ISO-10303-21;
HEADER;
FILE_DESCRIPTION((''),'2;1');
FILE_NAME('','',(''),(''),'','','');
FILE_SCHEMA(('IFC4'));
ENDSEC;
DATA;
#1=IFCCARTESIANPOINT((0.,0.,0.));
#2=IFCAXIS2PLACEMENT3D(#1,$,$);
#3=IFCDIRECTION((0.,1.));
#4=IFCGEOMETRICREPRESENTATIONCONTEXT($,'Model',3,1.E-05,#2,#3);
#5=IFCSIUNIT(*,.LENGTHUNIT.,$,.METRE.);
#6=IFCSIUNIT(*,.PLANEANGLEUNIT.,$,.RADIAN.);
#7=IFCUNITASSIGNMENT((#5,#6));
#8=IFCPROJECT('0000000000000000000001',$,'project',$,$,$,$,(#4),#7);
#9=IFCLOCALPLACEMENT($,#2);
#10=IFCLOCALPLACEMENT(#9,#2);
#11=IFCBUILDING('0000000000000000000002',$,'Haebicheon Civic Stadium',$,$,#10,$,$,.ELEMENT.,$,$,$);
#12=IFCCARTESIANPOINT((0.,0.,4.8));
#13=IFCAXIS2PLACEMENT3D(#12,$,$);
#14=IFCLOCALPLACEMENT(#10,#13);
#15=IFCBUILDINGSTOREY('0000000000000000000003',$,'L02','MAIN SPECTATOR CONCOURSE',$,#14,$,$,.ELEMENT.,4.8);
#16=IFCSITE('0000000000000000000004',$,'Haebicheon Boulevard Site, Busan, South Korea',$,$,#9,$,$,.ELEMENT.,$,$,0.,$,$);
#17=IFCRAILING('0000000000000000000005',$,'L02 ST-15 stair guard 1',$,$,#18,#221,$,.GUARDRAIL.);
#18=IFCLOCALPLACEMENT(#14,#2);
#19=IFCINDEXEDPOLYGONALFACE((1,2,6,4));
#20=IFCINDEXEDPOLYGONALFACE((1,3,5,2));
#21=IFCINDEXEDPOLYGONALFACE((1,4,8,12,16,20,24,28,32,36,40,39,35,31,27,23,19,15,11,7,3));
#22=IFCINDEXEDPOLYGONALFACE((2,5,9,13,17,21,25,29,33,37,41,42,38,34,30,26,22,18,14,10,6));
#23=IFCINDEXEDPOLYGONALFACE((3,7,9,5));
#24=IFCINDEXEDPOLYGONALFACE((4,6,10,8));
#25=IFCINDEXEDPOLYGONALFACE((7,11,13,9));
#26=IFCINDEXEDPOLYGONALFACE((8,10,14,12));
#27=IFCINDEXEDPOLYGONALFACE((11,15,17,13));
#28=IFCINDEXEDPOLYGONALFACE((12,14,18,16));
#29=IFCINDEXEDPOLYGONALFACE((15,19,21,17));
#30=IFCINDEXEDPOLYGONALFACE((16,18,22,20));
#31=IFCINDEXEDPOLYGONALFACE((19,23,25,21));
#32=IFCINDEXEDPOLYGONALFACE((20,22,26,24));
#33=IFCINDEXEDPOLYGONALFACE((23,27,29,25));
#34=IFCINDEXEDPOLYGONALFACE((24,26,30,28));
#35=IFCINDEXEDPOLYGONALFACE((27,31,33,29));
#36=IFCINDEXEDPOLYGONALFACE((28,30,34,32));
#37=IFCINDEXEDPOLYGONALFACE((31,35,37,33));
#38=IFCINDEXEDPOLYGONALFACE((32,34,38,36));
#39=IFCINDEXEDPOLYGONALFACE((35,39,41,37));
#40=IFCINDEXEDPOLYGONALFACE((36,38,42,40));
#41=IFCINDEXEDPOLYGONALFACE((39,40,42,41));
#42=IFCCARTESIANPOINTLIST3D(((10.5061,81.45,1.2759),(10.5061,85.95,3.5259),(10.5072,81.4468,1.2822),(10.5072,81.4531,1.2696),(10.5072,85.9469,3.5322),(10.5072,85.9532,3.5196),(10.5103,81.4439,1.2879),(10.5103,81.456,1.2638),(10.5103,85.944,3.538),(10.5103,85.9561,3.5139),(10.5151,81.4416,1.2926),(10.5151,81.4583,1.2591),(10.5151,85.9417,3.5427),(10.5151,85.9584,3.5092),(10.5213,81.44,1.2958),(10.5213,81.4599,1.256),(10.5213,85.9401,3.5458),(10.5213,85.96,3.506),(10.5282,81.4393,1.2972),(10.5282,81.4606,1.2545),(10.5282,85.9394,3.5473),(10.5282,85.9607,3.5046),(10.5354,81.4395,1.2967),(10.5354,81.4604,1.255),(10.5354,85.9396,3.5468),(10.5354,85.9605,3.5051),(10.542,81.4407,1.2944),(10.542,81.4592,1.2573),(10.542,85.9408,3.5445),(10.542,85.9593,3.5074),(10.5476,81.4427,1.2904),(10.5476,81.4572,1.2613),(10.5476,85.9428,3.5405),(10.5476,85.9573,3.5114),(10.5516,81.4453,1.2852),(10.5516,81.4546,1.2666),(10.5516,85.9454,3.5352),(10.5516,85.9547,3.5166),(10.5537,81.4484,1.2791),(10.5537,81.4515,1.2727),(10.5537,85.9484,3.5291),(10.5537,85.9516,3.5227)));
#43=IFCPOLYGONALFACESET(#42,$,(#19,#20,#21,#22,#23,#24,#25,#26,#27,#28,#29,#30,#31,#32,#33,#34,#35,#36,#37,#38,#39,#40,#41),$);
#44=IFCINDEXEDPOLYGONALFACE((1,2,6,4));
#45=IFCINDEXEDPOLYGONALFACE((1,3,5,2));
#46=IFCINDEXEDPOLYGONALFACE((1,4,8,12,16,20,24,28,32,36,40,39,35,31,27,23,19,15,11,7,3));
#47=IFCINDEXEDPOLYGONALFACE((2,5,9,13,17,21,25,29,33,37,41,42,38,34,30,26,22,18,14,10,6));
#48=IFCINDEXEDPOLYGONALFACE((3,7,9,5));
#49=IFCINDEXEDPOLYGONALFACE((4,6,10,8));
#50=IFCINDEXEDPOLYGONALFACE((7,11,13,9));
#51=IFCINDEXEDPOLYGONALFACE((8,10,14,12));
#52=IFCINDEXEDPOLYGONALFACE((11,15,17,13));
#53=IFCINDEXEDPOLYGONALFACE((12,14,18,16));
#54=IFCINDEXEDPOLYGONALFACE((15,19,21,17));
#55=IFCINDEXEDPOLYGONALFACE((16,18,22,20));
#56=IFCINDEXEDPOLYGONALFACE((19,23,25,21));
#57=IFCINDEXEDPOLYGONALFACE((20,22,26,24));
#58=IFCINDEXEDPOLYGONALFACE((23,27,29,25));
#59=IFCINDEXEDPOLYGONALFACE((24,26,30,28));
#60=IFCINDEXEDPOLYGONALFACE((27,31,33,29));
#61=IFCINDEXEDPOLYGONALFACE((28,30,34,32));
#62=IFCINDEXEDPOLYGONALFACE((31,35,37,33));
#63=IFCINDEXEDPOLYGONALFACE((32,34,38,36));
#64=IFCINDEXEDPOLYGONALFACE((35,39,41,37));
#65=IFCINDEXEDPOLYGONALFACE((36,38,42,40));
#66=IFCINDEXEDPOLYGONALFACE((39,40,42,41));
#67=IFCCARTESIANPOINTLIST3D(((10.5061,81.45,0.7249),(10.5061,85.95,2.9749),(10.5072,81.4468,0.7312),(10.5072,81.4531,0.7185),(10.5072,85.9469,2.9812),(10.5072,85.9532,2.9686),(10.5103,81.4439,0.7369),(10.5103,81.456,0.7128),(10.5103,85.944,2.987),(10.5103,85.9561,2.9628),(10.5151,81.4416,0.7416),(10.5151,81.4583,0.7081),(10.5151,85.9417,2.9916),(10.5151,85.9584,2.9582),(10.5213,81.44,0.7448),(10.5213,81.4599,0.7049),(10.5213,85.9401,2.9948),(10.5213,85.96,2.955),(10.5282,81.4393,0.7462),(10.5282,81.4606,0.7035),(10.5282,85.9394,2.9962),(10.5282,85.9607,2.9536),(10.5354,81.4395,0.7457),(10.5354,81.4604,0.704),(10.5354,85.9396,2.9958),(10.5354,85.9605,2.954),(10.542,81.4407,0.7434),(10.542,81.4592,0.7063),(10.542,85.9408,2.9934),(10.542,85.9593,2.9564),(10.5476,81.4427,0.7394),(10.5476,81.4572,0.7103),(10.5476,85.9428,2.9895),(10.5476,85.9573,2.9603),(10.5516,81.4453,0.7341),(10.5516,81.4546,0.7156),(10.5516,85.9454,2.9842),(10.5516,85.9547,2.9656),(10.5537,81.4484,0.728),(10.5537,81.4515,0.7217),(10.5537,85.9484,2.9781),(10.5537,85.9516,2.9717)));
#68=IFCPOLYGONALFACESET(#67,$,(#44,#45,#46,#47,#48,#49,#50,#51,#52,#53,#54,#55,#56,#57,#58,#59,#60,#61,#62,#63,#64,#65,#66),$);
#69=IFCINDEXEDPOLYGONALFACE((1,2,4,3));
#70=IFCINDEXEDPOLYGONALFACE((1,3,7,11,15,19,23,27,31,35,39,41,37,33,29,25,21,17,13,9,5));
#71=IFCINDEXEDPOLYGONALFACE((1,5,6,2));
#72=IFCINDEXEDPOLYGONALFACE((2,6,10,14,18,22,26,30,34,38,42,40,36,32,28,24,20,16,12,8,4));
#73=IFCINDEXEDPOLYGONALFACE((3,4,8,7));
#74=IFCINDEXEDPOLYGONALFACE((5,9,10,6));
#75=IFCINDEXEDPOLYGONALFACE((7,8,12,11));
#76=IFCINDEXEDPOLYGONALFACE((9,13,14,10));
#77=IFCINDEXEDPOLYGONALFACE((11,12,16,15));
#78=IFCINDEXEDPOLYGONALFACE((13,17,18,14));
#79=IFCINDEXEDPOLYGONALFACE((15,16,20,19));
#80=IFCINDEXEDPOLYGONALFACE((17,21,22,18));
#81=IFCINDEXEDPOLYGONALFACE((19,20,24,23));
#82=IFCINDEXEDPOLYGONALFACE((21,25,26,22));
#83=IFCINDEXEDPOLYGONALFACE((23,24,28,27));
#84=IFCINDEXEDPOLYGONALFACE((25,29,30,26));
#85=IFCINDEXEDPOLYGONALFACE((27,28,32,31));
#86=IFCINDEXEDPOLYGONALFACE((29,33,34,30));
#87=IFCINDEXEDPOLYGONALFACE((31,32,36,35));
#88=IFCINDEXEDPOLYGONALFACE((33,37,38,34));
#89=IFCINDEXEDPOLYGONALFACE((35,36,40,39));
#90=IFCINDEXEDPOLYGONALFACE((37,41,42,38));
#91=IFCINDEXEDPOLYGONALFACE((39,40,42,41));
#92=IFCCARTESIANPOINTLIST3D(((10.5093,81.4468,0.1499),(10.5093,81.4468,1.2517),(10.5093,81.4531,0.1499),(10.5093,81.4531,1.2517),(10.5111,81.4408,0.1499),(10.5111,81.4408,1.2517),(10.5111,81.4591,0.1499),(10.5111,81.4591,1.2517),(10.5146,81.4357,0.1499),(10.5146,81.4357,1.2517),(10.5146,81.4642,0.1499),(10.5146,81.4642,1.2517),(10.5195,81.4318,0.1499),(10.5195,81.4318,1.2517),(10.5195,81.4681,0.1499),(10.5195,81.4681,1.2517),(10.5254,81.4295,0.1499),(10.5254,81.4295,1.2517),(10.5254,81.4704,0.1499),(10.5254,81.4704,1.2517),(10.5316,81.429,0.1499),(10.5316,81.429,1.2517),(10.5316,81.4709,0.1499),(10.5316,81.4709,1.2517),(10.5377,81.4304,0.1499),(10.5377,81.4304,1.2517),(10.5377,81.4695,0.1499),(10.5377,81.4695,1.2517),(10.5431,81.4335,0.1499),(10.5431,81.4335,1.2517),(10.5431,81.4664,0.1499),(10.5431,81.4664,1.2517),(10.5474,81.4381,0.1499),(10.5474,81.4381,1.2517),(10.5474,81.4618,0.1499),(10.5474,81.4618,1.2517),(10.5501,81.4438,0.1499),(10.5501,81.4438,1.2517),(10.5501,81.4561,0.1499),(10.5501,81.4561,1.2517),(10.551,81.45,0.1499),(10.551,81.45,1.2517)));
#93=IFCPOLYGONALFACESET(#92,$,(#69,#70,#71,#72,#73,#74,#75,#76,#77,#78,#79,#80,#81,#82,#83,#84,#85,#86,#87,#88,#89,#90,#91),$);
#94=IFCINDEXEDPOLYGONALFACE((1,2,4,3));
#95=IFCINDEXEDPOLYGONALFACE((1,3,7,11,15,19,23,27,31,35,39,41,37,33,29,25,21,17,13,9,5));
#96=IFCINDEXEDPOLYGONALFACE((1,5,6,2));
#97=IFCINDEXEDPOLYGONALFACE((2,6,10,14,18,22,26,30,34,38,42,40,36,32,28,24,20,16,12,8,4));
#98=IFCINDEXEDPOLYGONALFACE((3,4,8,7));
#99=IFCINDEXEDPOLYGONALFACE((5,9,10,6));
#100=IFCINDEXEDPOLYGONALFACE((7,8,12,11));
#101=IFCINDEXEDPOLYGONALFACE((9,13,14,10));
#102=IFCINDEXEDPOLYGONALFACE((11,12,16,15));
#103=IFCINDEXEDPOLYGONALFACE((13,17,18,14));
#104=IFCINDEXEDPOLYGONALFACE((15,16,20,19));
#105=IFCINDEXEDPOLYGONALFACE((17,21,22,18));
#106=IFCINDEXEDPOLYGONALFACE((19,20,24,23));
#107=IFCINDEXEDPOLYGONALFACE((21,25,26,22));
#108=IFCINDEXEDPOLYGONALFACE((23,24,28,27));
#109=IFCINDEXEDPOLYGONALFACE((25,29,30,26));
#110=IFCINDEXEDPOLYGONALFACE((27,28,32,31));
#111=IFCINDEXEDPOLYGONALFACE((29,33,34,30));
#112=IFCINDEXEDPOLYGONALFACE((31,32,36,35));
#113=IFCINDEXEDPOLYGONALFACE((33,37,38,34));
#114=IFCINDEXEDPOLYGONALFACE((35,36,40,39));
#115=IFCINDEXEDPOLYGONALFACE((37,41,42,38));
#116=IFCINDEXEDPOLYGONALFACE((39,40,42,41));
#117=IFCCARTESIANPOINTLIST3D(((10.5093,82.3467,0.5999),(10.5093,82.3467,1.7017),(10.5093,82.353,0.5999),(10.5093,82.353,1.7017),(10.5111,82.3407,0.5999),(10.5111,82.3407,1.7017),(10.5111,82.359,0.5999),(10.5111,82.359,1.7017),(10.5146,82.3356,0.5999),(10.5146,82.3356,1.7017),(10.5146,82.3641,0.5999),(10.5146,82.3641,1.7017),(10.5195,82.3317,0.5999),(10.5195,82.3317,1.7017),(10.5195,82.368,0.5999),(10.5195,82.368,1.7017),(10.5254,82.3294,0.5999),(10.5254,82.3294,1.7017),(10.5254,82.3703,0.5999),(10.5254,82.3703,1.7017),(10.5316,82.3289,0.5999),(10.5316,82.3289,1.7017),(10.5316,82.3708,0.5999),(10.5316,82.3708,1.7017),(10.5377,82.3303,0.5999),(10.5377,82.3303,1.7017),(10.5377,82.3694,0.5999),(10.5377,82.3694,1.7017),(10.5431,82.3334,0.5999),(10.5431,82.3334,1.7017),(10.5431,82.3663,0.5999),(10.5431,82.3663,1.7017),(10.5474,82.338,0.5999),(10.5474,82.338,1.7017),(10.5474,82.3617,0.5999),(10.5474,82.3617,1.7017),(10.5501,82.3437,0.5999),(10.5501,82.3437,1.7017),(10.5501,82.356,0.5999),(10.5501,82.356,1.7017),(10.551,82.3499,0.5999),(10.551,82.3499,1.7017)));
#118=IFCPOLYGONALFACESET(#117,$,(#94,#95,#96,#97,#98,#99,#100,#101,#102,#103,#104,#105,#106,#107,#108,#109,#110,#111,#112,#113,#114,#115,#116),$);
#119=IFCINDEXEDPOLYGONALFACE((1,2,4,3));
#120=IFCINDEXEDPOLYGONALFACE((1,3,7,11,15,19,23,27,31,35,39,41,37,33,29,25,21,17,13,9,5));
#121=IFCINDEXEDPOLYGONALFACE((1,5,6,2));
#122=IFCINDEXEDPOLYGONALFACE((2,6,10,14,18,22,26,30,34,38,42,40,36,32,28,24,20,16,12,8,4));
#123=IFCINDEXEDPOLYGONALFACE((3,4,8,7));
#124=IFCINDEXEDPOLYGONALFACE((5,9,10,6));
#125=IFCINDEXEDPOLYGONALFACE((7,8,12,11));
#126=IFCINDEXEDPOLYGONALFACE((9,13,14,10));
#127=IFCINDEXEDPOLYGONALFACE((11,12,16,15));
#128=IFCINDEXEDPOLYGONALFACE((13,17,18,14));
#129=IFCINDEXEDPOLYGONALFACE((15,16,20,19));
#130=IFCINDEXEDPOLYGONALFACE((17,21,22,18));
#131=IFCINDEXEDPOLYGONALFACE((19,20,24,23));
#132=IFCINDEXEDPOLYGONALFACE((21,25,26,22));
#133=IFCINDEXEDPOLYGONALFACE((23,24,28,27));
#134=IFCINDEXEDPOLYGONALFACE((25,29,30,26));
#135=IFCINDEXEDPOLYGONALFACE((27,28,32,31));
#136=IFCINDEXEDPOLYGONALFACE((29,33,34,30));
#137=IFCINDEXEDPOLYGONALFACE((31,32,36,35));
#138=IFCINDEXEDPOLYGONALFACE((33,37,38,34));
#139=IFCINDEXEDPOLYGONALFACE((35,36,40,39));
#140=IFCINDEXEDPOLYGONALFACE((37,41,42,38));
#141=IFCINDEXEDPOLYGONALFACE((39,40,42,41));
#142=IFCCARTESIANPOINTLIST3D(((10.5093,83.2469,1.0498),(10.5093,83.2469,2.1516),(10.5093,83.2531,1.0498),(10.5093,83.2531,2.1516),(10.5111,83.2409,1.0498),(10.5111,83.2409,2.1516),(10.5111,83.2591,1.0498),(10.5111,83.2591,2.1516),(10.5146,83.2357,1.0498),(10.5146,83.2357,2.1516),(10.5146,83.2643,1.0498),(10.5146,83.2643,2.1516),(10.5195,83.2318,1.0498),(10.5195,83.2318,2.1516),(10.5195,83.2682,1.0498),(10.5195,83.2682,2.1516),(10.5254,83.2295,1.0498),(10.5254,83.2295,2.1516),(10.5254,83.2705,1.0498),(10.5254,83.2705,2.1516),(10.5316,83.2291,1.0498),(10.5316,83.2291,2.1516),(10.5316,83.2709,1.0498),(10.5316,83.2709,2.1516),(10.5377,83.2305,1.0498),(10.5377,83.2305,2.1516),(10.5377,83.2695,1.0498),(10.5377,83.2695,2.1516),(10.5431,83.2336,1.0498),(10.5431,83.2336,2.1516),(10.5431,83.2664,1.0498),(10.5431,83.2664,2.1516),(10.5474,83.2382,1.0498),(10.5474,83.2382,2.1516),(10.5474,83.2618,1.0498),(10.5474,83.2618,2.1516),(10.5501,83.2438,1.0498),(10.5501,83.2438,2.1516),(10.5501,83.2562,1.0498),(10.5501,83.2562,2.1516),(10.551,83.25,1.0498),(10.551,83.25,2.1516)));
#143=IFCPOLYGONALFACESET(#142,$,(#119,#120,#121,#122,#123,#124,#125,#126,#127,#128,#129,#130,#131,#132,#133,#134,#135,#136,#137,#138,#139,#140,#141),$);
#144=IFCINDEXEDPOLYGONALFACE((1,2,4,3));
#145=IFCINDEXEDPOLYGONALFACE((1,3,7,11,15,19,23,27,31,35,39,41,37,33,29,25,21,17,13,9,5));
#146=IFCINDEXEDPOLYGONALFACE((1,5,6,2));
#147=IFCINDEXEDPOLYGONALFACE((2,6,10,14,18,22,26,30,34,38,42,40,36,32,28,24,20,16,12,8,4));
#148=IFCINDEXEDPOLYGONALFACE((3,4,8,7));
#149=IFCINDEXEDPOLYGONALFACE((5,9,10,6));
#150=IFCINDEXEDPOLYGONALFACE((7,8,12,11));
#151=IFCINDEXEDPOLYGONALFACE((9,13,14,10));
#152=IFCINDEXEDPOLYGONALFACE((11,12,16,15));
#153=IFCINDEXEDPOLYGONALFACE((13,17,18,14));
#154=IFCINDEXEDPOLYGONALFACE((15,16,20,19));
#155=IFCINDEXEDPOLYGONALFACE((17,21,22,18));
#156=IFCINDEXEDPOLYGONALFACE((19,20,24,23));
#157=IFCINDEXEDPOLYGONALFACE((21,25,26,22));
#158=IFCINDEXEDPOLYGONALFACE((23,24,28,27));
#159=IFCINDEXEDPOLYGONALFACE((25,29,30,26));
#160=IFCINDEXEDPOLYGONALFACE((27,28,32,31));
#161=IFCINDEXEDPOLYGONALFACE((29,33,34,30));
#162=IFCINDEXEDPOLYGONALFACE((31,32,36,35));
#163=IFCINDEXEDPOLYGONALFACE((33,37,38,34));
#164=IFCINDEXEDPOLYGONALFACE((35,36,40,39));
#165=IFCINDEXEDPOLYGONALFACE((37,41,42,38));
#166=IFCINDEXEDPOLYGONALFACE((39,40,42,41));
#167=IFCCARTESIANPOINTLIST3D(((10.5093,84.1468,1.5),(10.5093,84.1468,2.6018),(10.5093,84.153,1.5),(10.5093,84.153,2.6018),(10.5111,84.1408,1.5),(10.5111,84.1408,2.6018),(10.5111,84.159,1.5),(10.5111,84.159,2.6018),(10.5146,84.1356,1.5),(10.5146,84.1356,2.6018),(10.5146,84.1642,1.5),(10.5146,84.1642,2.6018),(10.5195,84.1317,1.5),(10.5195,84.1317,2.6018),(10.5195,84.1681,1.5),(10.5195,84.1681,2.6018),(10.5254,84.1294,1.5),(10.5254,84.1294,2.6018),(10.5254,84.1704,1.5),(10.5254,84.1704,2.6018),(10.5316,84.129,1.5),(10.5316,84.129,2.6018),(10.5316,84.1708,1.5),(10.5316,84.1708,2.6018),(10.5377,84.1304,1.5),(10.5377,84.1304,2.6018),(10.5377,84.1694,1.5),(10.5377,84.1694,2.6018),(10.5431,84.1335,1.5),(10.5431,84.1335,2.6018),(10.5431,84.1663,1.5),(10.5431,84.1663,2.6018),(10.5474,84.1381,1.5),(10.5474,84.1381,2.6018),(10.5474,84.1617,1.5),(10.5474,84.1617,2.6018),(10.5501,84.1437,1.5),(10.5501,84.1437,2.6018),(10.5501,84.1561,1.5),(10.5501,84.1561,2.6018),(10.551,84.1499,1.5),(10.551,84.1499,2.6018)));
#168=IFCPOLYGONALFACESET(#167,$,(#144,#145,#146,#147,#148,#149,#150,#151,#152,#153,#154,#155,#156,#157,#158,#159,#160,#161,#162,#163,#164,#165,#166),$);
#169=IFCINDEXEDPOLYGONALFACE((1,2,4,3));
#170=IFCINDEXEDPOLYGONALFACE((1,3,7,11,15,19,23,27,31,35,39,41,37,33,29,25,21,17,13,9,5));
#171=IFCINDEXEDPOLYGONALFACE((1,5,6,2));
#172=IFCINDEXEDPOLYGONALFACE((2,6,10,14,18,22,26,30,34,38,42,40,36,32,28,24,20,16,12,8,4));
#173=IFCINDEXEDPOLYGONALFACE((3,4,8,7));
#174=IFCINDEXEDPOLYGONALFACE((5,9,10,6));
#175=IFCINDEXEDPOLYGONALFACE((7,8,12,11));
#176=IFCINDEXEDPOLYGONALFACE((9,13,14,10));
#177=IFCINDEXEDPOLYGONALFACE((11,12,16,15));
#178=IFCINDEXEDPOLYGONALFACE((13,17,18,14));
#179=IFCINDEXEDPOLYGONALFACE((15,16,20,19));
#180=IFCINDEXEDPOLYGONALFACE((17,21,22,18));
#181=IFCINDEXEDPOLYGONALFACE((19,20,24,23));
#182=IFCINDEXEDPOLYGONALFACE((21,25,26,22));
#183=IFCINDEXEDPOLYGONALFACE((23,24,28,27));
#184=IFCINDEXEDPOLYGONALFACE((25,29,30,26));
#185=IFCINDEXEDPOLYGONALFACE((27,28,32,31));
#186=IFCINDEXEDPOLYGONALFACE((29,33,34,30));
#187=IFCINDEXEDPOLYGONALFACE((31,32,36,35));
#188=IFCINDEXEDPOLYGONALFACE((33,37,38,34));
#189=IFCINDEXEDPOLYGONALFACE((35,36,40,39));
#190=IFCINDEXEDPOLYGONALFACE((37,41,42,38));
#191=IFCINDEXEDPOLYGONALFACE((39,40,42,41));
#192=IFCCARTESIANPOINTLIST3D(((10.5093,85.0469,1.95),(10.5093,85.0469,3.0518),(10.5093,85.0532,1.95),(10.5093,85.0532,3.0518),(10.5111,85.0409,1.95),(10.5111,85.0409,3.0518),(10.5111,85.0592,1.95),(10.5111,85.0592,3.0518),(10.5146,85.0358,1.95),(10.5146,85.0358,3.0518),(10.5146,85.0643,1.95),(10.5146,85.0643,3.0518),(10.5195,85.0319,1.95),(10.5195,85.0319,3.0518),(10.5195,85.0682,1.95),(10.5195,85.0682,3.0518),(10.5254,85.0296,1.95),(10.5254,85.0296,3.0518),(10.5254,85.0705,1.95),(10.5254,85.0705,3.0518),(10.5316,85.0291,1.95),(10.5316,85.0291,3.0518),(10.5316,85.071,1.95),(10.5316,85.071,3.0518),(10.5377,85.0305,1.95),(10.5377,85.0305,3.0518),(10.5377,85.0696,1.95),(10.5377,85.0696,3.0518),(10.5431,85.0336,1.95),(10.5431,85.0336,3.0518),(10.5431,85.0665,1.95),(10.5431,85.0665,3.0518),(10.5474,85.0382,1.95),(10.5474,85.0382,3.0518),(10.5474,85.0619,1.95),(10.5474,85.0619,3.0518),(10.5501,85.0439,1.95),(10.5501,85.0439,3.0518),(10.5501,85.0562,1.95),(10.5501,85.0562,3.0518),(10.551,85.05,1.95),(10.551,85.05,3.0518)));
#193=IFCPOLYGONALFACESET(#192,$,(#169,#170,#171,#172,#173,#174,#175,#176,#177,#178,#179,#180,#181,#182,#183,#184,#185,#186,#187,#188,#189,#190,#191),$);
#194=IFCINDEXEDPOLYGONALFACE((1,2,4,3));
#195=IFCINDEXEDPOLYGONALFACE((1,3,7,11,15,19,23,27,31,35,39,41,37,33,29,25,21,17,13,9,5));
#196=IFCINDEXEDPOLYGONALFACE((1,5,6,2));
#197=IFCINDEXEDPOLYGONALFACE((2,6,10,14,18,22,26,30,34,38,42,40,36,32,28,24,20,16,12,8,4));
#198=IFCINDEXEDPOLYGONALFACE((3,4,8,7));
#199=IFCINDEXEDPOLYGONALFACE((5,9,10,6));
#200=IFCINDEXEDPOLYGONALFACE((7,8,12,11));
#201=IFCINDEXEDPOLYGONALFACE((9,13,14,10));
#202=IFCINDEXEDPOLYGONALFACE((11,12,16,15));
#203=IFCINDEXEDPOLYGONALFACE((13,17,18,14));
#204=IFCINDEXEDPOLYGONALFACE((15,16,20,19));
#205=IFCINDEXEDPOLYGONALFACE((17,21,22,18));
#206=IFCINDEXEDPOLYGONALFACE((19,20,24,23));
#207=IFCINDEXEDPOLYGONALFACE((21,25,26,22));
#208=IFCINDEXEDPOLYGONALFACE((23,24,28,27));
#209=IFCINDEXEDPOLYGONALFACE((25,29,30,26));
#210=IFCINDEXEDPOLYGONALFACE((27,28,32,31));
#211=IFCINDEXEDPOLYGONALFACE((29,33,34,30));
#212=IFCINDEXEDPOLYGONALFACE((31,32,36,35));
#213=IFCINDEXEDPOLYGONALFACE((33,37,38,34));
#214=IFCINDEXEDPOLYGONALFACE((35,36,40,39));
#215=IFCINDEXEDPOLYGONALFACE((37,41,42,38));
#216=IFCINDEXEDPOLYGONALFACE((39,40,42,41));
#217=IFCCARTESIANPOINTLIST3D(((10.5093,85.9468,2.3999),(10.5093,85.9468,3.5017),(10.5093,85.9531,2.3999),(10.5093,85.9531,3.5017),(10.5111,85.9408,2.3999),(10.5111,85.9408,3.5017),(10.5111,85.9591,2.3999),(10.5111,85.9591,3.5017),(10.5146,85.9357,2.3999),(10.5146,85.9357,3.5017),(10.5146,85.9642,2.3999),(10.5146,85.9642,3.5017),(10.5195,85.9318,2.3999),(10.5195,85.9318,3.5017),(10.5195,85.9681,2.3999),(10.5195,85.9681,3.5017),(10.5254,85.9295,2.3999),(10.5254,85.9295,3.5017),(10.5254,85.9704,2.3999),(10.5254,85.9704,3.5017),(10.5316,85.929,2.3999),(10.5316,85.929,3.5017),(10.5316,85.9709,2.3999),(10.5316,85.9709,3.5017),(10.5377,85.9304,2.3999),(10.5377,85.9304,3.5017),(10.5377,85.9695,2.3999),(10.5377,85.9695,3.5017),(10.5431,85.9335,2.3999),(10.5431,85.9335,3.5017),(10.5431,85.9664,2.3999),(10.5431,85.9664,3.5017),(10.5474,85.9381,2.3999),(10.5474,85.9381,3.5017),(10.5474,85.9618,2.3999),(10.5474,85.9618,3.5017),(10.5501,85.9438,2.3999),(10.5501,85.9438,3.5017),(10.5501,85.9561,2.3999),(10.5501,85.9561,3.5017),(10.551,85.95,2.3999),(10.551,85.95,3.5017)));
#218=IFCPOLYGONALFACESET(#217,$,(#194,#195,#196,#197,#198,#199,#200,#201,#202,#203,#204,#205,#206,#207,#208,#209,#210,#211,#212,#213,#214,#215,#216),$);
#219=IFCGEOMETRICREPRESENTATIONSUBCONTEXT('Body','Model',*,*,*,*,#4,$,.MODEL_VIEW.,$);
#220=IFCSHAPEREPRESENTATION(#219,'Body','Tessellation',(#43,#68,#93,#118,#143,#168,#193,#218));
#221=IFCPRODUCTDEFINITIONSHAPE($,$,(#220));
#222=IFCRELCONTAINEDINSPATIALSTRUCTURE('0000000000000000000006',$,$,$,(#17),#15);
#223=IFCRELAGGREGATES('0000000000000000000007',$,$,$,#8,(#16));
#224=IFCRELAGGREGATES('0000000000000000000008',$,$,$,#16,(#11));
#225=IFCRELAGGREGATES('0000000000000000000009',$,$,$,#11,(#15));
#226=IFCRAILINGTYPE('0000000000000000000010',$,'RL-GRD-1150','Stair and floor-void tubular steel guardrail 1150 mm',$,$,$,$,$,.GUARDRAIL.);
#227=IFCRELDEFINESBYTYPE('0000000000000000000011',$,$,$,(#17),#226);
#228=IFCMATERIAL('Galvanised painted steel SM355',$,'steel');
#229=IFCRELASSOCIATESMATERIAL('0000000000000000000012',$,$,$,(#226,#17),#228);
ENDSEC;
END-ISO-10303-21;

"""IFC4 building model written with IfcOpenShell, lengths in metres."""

from ifc_helpers import new_model, si_unit, direction, frame, origin, origin_2d, place, context, subcontext, project, spatial, circle, extrude, material, type_object, element, save


model = new_model("IFC4")

# Units and contexts
model_context = context("Model", 3, precision=1e-05, world=origin(), true_north=direction((0.0, 1.0)))
body_context = subcontext(model_context, "Body", "Model", "MODEL_VIEW")
ifc_project = project(units=[si_unit("LENGTHUNIT", "METRE"), si_unit("PLANEANGLEUNIT", "RADIAN")], contexts=[model_context])

# Site, building, storey
site_placement = place(None, origin())
site = spatial("IfcSite", under=ifc_project, at=site_placement, Name="Haebicheon Boulevard Site, Busan, South Korea", CompositionType="ELEMENT", RefElevation=0.0)
building_placement = place(site_placement, origin())
building = spatial("IfcBuilding", under=site, at=building_placement, Name="Haebicheon Civic Stadium", CompositionType="ELEMENT")
storey_placement = place(building_placement, frame((0.0, 0.0, 4.8)))
storey = spatial("IfcBuildingStorey", under=building, at=storey_placement, Name="L02", Description="MAIN SPECTATOR CONCOURSE", CompositionType="ELEMENT", Elevation=4.8)

# Railing
ifc_material_1 = material(Name="Galvanised painted steel SM355", Category="steel")
railing_type_1 = type_object("IfcRailingType", Name="RL-GRD-1150", Description="Stair and floor-void tubular steel guardrail 1150 mm", PredefinedType="GUARDRAIL", material=ifc_material_1)
railing_1_placement = place(storey_placement, frame((10.53, 81.45, 0.1499)))
element("IfcRailing", 1, at=railing_1_placement, inside=storey, type_object=railing_type_1, material=ifc_material_1, Name="L02 ST-15 stair guard 1", PredefinedType="GUARDRAIL", context=body_context, shape_type="SweptSolid", body=[
    extrude(circle(Radius=0.0239, at=origin_2d()), frame((0.0, 0.0, 1.126), z_axis=(0.0, 0.894427, 0.447214), x_axis=(-1.0, 0.0, 0.0)), (0.0, 0.0, 1.0), 5.0312),
    extrude(circle(Radius=0.0239, at=origin_2d()), frame((0.0, 0.0, 0.575), z_axis=(0.0, 0.894427, 0.447214), x_axis=(-1.0, 0.0, 0.0)), (0.0, 0.0, 1.0), 5.0312),
    extrude(circle(Radius=0.021, at=origin_2d()), origin(), (0.0, 0.0, 1.0), 1.1018),
    extrude(circle(Radius=0.021, at=origin_2d()), frame((0.0, 0.8999, 0.45)), (0.0, 0.0, 1.0), 1.1018),
    extrude(circle(Radius=0.021, at=origin_2d()), frame((0.0, 1.8, 0.8999)), (0.0, 0.0, 1.0), 1.1018),
    extrude(circle(Radius=0.021, at=origin_2d()), frame((0.0, 2.7, 1.3501)), (0.0, 0.0, 1.0), 1.1018),
    extrude(circle(Radius=0.021, at=origin_2d()), frame((0.0, 3.6001, 1.8)), (0.0, 0.0, 1.0), 1.1018),
    extrude(circle(Radius=0.021, at=origin_2d()), frame((0.0, 4.5, 2.25)), (0.0, 0.0, 1.0), 1.1018),
])

save(model, "model.ifc")
